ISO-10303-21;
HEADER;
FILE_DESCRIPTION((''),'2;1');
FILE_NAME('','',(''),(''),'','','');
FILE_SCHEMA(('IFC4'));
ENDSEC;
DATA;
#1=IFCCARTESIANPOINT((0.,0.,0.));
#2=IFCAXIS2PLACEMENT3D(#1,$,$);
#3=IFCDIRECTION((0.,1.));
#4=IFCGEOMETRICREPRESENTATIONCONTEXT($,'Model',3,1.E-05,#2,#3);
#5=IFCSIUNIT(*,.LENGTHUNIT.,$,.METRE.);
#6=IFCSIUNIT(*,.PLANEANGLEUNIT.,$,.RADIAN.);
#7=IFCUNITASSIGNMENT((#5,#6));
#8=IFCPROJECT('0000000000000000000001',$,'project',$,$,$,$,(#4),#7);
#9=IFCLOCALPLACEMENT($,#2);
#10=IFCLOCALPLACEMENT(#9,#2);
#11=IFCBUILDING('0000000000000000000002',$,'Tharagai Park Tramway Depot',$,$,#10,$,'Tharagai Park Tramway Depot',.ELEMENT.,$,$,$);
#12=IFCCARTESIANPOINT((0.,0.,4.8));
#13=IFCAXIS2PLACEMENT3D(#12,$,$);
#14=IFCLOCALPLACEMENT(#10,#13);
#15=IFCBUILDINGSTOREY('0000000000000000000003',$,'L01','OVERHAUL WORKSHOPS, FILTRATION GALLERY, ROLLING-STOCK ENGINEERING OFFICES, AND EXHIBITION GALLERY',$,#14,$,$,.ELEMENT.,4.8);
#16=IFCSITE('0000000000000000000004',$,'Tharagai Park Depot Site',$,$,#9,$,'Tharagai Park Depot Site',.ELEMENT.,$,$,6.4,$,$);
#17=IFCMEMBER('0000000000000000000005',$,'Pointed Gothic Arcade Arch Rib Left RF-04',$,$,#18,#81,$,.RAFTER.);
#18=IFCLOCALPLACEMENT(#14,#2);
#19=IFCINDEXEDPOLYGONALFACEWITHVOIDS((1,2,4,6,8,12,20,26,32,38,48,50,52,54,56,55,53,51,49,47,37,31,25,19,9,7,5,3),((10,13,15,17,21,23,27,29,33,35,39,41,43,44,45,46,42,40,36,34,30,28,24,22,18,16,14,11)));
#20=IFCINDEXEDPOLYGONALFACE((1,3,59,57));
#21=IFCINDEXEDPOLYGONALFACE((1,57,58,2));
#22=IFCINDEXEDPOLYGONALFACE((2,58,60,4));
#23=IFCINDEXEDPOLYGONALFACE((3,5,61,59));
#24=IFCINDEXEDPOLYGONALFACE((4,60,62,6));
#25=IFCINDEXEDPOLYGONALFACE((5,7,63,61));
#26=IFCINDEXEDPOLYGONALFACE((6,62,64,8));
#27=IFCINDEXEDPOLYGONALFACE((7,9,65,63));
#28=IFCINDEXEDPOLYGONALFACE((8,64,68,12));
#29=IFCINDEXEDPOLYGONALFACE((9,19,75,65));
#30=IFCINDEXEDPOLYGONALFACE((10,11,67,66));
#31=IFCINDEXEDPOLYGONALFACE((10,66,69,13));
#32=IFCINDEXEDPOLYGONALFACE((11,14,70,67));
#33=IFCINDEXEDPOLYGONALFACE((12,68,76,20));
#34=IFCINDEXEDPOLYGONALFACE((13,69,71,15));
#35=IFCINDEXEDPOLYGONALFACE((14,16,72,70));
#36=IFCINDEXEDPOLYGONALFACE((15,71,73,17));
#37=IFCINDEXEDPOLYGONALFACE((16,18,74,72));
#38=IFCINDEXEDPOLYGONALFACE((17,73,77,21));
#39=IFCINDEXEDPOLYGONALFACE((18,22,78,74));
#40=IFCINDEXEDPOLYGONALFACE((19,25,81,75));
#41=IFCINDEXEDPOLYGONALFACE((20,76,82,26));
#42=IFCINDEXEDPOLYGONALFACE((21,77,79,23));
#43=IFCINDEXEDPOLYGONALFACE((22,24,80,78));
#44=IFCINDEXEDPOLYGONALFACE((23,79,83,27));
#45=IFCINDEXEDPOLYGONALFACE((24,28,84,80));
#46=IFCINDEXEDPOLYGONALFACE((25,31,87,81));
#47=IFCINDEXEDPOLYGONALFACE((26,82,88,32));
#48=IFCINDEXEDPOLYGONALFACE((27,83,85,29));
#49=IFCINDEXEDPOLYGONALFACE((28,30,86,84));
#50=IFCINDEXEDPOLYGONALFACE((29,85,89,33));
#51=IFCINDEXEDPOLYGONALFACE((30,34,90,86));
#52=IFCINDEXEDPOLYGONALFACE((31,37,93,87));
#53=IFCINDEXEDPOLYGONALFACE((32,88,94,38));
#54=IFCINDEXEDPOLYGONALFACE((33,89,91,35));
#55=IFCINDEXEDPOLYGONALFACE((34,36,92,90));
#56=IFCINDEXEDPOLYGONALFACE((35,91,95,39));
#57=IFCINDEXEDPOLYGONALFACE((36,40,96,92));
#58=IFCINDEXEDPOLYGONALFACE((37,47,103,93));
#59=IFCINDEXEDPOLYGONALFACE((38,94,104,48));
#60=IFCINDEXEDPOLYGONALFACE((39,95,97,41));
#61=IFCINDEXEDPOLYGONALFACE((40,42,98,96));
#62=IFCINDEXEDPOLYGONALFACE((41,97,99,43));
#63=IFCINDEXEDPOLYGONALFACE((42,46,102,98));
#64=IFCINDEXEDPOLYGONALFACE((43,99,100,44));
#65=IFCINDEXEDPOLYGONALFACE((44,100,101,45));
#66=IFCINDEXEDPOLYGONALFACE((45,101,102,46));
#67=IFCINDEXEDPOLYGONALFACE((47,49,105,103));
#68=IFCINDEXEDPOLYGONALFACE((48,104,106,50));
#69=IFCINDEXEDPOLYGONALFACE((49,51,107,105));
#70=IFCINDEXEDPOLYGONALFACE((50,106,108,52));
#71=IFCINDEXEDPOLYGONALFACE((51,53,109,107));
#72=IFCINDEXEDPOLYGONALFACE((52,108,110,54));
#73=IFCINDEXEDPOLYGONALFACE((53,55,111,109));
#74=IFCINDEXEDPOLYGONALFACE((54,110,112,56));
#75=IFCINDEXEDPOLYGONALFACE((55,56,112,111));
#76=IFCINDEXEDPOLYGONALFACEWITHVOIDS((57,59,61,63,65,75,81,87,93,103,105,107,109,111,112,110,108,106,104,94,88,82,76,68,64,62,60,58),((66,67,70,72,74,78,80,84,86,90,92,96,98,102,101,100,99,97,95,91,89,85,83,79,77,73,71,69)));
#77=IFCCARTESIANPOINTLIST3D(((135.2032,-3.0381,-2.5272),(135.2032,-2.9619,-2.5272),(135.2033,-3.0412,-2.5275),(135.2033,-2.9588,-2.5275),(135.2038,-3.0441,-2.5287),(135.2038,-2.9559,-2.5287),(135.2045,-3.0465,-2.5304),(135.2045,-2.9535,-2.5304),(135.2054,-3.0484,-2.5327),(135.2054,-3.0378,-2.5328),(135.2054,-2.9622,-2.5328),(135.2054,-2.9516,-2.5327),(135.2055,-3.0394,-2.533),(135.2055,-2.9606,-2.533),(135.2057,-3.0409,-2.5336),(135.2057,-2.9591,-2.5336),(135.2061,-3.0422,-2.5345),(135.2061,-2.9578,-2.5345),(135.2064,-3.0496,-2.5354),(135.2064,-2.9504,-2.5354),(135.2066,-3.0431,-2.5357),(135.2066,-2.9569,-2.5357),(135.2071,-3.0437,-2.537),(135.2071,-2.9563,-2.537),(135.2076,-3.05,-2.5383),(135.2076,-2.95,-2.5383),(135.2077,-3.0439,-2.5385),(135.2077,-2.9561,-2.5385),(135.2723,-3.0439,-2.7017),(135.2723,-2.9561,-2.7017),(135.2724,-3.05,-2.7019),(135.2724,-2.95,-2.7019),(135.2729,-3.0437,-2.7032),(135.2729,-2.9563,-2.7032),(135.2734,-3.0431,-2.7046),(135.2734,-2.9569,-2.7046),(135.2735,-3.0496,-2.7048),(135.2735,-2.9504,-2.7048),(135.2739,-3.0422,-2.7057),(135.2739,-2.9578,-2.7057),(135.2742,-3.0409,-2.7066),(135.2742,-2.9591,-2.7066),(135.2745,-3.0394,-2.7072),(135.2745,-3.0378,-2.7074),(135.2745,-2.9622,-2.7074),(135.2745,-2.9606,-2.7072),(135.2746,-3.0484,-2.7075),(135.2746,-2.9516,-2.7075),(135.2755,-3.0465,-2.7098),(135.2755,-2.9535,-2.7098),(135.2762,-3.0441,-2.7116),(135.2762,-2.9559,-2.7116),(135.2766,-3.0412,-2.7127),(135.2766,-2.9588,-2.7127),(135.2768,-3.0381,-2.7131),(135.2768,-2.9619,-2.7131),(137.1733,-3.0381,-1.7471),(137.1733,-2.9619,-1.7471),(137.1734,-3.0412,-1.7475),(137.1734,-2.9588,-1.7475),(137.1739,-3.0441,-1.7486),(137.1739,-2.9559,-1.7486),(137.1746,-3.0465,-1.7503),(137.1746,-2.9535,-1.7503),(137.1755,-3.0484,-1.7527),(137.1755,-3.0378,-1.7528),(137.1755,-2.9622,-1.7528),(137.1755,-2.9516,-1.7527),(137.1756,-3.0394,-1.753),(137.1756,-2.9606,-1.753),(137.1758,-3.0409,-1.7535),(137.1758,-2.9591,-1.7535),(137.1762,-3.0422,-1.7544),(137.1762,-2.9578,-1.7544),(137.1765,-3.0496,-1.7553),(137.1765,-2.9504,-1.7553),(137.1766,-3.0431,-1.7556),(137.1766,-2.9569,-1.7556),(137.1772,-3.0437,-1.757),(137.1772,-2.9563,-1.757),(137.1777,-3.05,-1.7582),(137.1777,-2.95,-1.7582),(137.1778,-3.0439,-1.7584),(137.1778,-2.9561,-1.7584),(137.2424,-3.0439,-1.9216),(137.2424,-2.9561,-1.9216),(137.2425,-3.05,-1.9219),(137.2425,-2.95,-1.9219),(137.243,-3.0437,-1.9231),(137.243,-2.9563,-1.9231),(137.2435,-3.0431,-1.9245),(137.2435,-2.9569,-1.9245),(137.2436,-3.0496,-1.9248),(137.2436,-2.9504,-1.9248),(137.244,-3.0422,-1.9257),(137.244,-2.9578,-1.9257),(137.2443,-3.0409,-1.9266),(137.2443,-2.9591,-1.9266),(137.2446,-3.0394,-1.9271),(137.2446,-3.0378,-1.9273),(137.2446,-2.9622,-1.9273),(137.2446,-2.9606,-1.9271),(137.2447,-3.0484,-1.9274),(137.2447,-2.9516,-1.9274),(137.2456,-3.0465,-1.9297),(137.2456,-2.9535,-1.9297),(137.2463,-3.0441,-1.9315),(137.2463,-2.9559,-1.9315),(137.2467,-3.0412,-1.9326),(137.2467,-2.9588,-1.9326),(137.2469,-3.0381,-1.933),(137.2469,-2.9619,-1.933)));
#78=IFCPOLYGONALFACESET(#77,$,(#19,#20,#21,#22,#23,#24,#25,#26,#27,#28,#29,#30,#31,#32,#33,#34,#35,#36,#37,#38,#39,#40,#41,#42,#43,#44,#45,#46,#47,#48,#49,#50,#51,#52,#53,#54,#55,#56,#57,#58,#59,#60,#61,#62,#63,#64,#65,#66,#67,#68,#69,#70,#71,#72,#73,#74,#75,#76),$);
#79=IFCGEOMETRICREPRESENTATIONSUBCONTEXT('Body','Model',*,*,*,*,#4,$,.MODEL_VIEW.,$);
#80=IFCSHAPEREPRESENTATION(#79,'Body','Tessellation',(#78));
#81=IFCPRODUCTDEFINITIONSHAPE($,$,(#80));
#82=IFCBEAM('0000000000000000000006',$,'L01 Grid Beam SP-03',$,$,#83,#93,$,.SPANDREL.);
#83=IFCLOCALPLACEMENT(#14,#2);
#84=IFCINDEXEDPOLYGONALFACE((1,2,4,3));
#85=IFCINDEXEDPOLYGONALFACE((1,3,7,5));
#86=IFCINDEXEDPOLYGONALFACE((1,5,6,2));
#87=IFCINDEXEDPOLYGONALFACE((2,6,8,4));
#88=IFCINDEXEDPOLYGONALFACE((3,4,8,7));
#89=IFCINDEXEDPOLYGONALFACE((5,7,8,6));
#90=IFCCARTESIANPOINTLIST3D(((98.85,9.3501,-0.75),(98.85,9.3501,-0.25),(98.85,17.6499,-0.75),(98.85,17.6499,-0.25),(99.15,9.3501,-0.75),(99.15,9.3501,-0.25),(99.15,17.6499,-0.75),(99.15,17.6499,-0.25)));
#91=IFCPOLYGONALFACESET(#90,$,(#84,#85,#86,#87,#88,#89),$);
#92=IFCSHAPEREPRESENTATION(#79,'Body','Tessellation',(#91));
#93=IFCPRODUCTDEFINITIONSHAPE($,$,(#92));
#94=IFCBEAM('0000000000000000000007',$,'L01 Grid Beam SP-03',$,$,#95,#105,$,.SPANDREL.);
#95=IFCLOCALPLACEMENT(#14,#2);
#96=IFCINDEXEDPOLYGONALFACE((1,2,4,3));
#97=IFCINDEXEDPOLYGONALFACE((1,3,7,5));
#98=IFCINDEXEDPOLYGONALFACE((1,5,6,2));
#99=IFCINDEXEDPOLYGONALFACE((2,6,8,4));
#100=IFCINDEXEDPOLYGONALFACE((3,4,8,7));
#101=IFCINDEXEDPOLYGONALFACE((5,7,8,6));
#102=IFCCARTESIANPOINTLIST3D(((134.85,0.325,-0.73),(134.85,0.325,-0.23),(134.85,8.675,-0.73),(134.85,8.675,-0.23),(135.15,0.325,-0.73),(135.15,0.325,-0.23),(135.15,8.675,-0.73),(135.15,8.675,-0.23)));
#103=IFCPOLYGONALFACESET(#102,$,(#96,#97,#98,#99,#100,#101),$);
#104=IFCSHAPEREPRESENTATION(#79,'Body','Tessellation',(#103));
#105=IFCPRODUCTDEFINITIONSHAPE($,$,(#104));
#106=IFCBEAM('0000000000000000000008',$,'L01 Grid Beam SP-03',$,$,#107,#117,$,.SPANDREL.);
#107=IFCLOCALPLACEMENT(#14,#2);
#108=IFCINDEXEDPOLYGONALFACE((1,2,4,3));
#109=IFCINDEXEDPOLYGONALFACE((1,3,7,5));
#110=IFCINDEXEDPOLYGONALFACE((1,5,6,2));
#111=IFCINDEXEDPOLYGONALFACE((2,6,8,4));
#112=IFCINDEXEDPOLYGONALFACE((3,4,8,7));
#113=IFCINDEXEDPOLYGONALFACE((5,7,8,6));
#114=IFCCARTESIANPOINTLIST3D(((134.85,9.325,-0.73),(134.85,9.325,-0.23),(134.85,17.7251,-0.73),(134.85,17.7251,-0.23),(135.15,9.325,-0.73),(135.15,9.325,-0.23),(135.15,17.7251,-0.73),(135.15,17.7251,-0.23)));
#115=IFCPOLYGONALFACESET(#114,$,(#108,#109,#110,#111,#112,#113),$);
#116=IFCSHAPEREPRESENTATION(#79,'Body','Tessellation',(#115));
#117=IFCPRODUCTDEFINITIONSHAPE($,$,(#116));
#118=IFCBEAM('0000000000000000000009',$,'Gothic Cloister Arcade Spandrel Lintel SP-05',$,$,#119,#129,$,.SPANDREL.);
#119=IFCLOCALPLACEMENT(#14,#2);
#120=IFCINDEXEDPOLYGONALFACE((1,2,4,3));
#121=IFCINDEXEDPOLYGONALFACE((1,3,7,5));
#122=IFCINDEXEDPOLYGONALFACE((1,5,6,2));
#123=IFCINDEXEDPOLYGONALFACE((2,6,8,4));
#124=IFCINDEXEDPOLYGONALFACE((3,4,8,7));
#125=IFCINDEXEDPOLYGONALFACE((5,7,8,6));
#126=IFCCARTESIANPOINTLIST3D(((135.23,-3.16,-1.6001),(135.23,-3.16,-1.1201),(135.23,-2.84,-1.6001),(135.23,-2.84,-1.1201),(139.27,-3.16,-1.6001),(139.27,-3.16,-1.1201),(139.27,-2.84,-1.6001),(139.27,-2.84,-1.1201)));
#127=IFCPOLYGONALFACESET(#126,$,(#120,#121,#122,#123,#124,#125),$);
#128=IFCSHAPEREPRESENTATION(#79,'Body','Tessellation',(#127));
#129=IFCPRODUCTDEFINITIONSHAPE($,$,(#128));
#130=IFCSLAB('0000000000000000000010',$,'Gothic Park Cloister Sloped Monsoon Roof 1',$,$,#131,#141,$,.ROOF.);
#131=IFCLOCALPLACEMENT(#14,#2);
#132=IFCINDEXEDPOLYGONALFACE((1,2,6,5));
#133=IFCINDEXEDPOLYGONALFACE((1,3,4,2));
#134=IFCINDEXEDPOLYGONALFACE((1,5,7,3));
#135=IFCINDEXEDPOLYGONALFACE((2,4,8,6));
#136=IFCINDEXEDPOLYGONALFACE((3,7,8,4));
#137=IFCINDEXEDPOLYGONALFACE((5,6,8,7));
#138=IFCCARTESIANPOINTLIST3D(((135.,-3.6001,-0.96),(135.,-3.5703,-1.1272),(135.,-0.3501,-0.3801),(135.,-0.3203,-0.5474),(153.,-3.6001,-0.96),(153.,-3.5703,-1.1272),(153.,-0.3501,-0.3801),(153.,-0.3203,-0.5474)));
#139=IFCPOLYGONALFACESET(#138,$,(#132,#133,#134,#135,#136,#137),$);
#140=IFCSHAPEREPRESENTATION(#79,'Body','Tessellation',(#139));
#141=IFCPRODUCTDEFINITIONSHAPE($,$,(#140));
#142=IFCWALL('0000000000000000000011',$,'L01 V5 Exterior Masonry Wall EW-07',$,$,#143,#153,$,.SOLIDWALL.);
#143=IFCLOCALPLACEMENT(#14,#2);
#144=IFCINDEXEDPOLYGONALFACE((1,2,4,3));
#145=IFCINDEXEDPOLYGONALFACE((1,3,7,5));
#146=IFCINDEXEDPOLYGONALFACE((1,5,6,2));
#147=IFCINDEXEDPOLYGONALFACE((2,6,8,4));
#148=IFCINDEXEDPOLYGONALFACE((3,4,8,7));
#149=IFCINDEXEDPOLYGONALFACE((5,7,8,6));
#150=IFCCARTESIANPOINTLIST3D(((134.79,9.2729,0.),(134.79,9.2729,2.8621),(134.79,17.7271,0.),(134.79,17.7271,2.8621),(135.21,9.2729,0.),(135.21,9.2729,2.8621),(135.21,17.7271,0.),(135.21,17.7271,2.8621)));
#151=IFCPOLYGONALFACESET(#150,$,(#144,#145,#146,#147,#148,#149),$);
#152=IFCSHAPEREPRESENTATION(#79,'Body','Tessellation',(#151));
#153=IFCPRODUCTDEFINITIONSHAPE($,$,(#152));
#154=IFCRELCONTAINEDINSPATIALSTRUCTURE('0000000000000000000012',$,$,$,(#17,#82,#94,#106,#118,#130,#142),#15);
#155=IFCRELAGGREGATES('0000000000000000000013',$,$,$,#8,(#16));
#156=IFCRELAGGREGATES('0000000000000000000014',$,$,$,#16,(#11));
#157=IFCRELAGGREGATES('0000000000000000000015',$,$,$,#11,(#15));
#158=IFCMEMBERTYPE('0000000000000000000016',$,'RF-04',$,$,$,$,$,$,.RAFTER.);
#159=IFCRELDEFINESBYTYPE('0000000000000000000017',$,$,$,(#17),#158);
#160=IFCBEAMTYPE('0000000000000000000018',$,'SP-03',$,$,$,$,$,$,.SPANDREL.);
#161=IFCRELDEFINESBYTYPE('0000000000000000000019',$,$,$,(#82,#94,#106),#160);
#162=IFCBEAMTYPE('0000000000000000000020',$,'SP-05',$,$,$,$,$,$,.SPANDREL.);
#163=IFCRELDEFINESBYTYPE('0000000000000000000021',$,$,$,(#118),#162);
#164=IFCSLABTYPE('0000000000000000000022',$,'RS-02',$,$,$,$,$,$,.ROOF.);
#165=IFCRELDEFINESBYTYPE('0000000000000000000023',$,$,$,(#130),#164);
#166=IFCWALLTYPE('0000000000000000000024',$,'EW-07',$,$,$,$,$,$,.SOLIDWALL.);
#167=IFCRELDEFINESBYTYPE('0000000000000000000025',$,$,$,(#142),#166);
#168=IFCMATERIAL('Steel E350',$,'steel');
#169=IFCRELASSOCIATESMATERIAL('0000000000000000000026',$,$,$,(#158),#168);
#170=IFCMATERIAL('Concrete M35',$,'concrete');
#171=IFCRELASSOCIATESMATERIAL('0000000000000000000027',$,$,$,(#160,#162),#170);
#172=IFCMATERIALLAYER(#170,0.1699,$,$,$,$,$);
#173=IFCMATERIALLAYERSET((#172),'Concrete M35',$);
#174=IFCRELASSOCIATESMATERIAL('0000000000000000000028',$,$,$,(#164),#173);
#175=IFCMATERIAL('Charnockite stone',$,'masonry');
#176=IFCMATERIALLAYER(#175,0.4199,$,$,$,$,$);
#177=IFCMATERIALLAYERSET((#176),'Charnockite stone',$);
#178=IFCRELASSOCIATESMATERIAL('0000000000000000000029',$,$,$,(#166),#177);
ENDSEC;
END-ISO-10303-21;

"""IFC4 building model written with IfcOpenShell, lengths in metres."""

from ifc_helpers import new_model, si_unit, direction, frame, frame_2d, origin, origin_2d, place, context, subcontext, project, spatial, polyline, rectangle, hollow_rectangle, outline, extrude, material, layer, layer_set, material_profile, profile_set, type_object, element, save


model = new_model("IFC4")

# Units and contexts
model_context = context("Model", 3, precision=1e-05, world=origin(), true_north=direction((0.0, 1.0)))
body_context = subcontext(model_context, "Body", "Model", "MODEL_VIEW")
ifc_project = project(units=[si_unit("LENGTHUNIT", "METRE"), si_unit("PLANEANGLEUNIT", "RADIAN")], contexts=[model_context])

# Site, building, storey
site_placement = place(None, origin())
site = spatial("IfcSite", under=ifc_project, at=site_placement, Name="Tharagai Park Depot Site", LongName="Tharagai Park Depot Site", CompositionType="ELEMENT", RefElevation=6.4)
building_placement = place(site_placement, origin())
building = spatial("IfcBuilding", under=site, at=building_placement, Name="Tharagai Park Tramway Depot", LongName="Tharagai Park Tramway Depot", CompositionType="ELEMENT")
storey_placement = place(building_placement, frame((0.0, 0.0, 4.8)))
storey = spatial("IfcBuildingStorey", under=building, at=storey_placement, Name="L01", Description="OVERHAUL WORKSHOPS, FILTRATION GALLERY, ROLLING-STOCK ENGINEERING OFFICES, AND EXHIBITION GALLERY", CompositionType="ELEMENT", Elevation=4.8)

# Shared definitions
ifc_material_1 = material(Name="Concrete M35", Category="concrete")

# Member
ifc_material_2 = material(Name="Steel E350", Category="steel")
ifc_material_profile_1 = material_profile(ifc_material_2, hollow_rectangle(XDim=0.1001, YDim=0.2, WallThickness=0.0061, InnerFilletRadius=0.0061, OuterFilletRadius=0.012, at=origin_2d()), Name="RHS 200x100x6")
ifc_profile_set_1 = profile_set([ifc_material_profile_1], Name="Steel E350")
member_type_1 = type_object("IfcMemberType", Name="RF-04", PredefinedType="RAFTER", material=ifc_profile_set_1)
member_1_placement = place(storey_placement, frame((135.24, -3.0, -2.6201), z_axis=(0.929766, 0.0, 0.36815), x_axis=(0.0, 1.0, 0.0)))
element("IfcMember", 1, at=member_1_placement, inside=storey, type_object=member_type_1, Name="Pointed Gothic Arcade Arch Rib Left RF-04", PredefinedType="RAFTER", context=body_context, shape_type="SweptSolid", body=[
    extrude(hollow_rectangle(XDim=0.1001, YDim=0.2, WallThickness=0.0061, InnerFilletRadius=0.0061, OuterFilletRadius=0.012, at=origin_2d()), origin(), (0.0, 0.0, 1.0), 2.1189),
])

# Beams
ifc_material_profile_2 = material_profile(ifc_material_1, rectangle(XDim=0.3, YDim=0.5, at=origin_2d()), Name="RC 300x500")
ifc_profile_set_2 = profile_set([ifc_material_profile_2], Name="Concrete M35")
beam_type_1 = type_object("IfcBeamType", Name="SP-03", PredefinedType="SPANDREL", material=ifc_profile_set_2)
beam_1_placement = place(storey_placement, frame((99.0, 9.3501, -0.5), z_axis=(0.0, 1.0, 0.0), x_axis=(-1.0, 0.0, 0.0)))
element("IfcBeam", 2, at=beam_1_placement, inside=storey, type_object=beam_type_1, Name="L01 Grid Beam SP-03", PredefinedType="SPANDREL", context=body_context, shape_type="SweptSolid", body=[
    extrude(rectangle(XDim=0.3, YDim=0.5, at=origin_2d()), origin(), (0.0, 0.0, 1.0), 8.2998),
])
beam_2_placement = place(storey_placement, frame((135.0, 0.325, -0.48), z_axis=(0.0, 1.0, 0.0), x_axis=(-1.0, 0.0, 0.0)))
element("IfcBeam", 3, at=beam_2_placement, inside=storey, type_object=beam_type_1, Name="L01 Grid Beam SP-03", PredefinedType="SPANDREL", context=body_context, shape_type="SweptSolid", body=[
    extrude(rectangle(XDim=0.3, YDim=0.5, at=origin_2d()), origin(), (0.0, 0.0, 1.0), 8.3501),
])
beam_3_placement = place(storey_placement, frame((135.0, 9.325, -0.48), z_axis=(0.0, 1.0, 0.0), x_axis=(-1.0, 0.0, 0.0)))
element("IfcBeam", 4, at=beam_3_placement, inside=storey, type_object=beam_type_1, Name="L01 Grid Beam SP-03", PredefinedType="SPANDREL", context=body_context, shape_type="SweptSolid", body=[
    extrude(rectangle(XDim=0.3, YDim=0.5, at=origin_2d()), origin(), (0.0, 0.0, 1.0), 8.4001),
])
ifc_material_profile_3 = material_profile(ifc_material_1, rectangle(XDim=0.3201, YDim=0.48, at=origin_2d()), Name="RC 320x480")
ifc_profile_set_3 = profile_set([ifc_material_profile_3], Name="Concrete M35")
beam_type_2 = type_object("IfcBeamType", Name="SP-05", PredefinedType="SPANDREL", material=ifc_profile_set_3)
beam_4_placement = place(storey_placement, frame((135.23, -3.0, -1.3601), z_axis=(1.0, 0.0, 0.0), x_axis=(0.0, 1.0, 0.0)))
element("IfcBeam", 5, at=beam_4_placement, inside=storey, type_object=beam_type_2, Name="Gothic Cloister Arcade Spandrel Lintel SP-05", PredefinedType="SPANDREL", context=body_context, shape_type="SweptSolid", body=[
    extrude(rectangle(XDim=0.3201, YDim=0.48, at=origin_2d()), origin(), (0.0, 0.0, 1.0), 4.04),
])

# Slab
ifc_layer_1 = layer(ifc_material_1, 0.1699)
ifc_layer_set_1 = layer_set([ifc_layer_1], Name="Concrete M35")
slab_type = type_object("IfcSlabType", Name="RS-02", PredefinedType="ROOF", material=ifc_layer_set_1)
slab_placement = place(storey_placement, frame((135.0, -3.6001, -0.96), z_axis=(0.0, -0.175637, 0.984455), x_axis=(1.0, 0.0, 0.0)))
element("IfcSlab", 6, at=slab_placement, inside=storey, type_object=slab_type, Name="Gothic Park Cloister Sloped Monsoon Roof 1", PredefinedType="ROOF", context=body_context, shape_type="SweptSolid", body=[
    extrude(outline(polyline([(0.0, 0.0), (18.0, 0.0), (18.0, 3.3013), (0.0, 3.3013), (0.0, 0.0)])), origin(), (0.0, 0.0, -1.0), 0.1699),
])

# Wall
ifc_material_3 = material(Name="Charnockite stone", Category="masonry")
ifc_layer_2 = layer(ifc_material_3, 0.4199)
ifc_layer_set_2 = layer_set([ifc_layer_2], Name="Charnockite stone")
wall_type_1 = type_object("IfcWallType", Name="EW-07", PredefinedType="SOLIDWALL", material=ifc_layer_set_2)
wall_1_placement = place(storey_placement, frame((135.0, 9.2729, 0.0), z_axis=(0.0, 0.0, 1.0), x_axis=(0.0, 1.0, 0.0)))
element("IfcWall", 7, at=wall_1_placement, inside=storey, type_object=wall_type_1, Name="L01 V5 Exterior Masonry Wall EW-07", PredefinedType="SOLIDWALL", context=body_context, shape_type="SweptSolid", body=[
    extrude(rectangle(XDim=8.4541, YDim=0.4199, at=frame_2d((4.2271, 0.0))), origin(), (0.0, 0.0, 1.0), 2.8621),
])

save(model, "model.ifc")
